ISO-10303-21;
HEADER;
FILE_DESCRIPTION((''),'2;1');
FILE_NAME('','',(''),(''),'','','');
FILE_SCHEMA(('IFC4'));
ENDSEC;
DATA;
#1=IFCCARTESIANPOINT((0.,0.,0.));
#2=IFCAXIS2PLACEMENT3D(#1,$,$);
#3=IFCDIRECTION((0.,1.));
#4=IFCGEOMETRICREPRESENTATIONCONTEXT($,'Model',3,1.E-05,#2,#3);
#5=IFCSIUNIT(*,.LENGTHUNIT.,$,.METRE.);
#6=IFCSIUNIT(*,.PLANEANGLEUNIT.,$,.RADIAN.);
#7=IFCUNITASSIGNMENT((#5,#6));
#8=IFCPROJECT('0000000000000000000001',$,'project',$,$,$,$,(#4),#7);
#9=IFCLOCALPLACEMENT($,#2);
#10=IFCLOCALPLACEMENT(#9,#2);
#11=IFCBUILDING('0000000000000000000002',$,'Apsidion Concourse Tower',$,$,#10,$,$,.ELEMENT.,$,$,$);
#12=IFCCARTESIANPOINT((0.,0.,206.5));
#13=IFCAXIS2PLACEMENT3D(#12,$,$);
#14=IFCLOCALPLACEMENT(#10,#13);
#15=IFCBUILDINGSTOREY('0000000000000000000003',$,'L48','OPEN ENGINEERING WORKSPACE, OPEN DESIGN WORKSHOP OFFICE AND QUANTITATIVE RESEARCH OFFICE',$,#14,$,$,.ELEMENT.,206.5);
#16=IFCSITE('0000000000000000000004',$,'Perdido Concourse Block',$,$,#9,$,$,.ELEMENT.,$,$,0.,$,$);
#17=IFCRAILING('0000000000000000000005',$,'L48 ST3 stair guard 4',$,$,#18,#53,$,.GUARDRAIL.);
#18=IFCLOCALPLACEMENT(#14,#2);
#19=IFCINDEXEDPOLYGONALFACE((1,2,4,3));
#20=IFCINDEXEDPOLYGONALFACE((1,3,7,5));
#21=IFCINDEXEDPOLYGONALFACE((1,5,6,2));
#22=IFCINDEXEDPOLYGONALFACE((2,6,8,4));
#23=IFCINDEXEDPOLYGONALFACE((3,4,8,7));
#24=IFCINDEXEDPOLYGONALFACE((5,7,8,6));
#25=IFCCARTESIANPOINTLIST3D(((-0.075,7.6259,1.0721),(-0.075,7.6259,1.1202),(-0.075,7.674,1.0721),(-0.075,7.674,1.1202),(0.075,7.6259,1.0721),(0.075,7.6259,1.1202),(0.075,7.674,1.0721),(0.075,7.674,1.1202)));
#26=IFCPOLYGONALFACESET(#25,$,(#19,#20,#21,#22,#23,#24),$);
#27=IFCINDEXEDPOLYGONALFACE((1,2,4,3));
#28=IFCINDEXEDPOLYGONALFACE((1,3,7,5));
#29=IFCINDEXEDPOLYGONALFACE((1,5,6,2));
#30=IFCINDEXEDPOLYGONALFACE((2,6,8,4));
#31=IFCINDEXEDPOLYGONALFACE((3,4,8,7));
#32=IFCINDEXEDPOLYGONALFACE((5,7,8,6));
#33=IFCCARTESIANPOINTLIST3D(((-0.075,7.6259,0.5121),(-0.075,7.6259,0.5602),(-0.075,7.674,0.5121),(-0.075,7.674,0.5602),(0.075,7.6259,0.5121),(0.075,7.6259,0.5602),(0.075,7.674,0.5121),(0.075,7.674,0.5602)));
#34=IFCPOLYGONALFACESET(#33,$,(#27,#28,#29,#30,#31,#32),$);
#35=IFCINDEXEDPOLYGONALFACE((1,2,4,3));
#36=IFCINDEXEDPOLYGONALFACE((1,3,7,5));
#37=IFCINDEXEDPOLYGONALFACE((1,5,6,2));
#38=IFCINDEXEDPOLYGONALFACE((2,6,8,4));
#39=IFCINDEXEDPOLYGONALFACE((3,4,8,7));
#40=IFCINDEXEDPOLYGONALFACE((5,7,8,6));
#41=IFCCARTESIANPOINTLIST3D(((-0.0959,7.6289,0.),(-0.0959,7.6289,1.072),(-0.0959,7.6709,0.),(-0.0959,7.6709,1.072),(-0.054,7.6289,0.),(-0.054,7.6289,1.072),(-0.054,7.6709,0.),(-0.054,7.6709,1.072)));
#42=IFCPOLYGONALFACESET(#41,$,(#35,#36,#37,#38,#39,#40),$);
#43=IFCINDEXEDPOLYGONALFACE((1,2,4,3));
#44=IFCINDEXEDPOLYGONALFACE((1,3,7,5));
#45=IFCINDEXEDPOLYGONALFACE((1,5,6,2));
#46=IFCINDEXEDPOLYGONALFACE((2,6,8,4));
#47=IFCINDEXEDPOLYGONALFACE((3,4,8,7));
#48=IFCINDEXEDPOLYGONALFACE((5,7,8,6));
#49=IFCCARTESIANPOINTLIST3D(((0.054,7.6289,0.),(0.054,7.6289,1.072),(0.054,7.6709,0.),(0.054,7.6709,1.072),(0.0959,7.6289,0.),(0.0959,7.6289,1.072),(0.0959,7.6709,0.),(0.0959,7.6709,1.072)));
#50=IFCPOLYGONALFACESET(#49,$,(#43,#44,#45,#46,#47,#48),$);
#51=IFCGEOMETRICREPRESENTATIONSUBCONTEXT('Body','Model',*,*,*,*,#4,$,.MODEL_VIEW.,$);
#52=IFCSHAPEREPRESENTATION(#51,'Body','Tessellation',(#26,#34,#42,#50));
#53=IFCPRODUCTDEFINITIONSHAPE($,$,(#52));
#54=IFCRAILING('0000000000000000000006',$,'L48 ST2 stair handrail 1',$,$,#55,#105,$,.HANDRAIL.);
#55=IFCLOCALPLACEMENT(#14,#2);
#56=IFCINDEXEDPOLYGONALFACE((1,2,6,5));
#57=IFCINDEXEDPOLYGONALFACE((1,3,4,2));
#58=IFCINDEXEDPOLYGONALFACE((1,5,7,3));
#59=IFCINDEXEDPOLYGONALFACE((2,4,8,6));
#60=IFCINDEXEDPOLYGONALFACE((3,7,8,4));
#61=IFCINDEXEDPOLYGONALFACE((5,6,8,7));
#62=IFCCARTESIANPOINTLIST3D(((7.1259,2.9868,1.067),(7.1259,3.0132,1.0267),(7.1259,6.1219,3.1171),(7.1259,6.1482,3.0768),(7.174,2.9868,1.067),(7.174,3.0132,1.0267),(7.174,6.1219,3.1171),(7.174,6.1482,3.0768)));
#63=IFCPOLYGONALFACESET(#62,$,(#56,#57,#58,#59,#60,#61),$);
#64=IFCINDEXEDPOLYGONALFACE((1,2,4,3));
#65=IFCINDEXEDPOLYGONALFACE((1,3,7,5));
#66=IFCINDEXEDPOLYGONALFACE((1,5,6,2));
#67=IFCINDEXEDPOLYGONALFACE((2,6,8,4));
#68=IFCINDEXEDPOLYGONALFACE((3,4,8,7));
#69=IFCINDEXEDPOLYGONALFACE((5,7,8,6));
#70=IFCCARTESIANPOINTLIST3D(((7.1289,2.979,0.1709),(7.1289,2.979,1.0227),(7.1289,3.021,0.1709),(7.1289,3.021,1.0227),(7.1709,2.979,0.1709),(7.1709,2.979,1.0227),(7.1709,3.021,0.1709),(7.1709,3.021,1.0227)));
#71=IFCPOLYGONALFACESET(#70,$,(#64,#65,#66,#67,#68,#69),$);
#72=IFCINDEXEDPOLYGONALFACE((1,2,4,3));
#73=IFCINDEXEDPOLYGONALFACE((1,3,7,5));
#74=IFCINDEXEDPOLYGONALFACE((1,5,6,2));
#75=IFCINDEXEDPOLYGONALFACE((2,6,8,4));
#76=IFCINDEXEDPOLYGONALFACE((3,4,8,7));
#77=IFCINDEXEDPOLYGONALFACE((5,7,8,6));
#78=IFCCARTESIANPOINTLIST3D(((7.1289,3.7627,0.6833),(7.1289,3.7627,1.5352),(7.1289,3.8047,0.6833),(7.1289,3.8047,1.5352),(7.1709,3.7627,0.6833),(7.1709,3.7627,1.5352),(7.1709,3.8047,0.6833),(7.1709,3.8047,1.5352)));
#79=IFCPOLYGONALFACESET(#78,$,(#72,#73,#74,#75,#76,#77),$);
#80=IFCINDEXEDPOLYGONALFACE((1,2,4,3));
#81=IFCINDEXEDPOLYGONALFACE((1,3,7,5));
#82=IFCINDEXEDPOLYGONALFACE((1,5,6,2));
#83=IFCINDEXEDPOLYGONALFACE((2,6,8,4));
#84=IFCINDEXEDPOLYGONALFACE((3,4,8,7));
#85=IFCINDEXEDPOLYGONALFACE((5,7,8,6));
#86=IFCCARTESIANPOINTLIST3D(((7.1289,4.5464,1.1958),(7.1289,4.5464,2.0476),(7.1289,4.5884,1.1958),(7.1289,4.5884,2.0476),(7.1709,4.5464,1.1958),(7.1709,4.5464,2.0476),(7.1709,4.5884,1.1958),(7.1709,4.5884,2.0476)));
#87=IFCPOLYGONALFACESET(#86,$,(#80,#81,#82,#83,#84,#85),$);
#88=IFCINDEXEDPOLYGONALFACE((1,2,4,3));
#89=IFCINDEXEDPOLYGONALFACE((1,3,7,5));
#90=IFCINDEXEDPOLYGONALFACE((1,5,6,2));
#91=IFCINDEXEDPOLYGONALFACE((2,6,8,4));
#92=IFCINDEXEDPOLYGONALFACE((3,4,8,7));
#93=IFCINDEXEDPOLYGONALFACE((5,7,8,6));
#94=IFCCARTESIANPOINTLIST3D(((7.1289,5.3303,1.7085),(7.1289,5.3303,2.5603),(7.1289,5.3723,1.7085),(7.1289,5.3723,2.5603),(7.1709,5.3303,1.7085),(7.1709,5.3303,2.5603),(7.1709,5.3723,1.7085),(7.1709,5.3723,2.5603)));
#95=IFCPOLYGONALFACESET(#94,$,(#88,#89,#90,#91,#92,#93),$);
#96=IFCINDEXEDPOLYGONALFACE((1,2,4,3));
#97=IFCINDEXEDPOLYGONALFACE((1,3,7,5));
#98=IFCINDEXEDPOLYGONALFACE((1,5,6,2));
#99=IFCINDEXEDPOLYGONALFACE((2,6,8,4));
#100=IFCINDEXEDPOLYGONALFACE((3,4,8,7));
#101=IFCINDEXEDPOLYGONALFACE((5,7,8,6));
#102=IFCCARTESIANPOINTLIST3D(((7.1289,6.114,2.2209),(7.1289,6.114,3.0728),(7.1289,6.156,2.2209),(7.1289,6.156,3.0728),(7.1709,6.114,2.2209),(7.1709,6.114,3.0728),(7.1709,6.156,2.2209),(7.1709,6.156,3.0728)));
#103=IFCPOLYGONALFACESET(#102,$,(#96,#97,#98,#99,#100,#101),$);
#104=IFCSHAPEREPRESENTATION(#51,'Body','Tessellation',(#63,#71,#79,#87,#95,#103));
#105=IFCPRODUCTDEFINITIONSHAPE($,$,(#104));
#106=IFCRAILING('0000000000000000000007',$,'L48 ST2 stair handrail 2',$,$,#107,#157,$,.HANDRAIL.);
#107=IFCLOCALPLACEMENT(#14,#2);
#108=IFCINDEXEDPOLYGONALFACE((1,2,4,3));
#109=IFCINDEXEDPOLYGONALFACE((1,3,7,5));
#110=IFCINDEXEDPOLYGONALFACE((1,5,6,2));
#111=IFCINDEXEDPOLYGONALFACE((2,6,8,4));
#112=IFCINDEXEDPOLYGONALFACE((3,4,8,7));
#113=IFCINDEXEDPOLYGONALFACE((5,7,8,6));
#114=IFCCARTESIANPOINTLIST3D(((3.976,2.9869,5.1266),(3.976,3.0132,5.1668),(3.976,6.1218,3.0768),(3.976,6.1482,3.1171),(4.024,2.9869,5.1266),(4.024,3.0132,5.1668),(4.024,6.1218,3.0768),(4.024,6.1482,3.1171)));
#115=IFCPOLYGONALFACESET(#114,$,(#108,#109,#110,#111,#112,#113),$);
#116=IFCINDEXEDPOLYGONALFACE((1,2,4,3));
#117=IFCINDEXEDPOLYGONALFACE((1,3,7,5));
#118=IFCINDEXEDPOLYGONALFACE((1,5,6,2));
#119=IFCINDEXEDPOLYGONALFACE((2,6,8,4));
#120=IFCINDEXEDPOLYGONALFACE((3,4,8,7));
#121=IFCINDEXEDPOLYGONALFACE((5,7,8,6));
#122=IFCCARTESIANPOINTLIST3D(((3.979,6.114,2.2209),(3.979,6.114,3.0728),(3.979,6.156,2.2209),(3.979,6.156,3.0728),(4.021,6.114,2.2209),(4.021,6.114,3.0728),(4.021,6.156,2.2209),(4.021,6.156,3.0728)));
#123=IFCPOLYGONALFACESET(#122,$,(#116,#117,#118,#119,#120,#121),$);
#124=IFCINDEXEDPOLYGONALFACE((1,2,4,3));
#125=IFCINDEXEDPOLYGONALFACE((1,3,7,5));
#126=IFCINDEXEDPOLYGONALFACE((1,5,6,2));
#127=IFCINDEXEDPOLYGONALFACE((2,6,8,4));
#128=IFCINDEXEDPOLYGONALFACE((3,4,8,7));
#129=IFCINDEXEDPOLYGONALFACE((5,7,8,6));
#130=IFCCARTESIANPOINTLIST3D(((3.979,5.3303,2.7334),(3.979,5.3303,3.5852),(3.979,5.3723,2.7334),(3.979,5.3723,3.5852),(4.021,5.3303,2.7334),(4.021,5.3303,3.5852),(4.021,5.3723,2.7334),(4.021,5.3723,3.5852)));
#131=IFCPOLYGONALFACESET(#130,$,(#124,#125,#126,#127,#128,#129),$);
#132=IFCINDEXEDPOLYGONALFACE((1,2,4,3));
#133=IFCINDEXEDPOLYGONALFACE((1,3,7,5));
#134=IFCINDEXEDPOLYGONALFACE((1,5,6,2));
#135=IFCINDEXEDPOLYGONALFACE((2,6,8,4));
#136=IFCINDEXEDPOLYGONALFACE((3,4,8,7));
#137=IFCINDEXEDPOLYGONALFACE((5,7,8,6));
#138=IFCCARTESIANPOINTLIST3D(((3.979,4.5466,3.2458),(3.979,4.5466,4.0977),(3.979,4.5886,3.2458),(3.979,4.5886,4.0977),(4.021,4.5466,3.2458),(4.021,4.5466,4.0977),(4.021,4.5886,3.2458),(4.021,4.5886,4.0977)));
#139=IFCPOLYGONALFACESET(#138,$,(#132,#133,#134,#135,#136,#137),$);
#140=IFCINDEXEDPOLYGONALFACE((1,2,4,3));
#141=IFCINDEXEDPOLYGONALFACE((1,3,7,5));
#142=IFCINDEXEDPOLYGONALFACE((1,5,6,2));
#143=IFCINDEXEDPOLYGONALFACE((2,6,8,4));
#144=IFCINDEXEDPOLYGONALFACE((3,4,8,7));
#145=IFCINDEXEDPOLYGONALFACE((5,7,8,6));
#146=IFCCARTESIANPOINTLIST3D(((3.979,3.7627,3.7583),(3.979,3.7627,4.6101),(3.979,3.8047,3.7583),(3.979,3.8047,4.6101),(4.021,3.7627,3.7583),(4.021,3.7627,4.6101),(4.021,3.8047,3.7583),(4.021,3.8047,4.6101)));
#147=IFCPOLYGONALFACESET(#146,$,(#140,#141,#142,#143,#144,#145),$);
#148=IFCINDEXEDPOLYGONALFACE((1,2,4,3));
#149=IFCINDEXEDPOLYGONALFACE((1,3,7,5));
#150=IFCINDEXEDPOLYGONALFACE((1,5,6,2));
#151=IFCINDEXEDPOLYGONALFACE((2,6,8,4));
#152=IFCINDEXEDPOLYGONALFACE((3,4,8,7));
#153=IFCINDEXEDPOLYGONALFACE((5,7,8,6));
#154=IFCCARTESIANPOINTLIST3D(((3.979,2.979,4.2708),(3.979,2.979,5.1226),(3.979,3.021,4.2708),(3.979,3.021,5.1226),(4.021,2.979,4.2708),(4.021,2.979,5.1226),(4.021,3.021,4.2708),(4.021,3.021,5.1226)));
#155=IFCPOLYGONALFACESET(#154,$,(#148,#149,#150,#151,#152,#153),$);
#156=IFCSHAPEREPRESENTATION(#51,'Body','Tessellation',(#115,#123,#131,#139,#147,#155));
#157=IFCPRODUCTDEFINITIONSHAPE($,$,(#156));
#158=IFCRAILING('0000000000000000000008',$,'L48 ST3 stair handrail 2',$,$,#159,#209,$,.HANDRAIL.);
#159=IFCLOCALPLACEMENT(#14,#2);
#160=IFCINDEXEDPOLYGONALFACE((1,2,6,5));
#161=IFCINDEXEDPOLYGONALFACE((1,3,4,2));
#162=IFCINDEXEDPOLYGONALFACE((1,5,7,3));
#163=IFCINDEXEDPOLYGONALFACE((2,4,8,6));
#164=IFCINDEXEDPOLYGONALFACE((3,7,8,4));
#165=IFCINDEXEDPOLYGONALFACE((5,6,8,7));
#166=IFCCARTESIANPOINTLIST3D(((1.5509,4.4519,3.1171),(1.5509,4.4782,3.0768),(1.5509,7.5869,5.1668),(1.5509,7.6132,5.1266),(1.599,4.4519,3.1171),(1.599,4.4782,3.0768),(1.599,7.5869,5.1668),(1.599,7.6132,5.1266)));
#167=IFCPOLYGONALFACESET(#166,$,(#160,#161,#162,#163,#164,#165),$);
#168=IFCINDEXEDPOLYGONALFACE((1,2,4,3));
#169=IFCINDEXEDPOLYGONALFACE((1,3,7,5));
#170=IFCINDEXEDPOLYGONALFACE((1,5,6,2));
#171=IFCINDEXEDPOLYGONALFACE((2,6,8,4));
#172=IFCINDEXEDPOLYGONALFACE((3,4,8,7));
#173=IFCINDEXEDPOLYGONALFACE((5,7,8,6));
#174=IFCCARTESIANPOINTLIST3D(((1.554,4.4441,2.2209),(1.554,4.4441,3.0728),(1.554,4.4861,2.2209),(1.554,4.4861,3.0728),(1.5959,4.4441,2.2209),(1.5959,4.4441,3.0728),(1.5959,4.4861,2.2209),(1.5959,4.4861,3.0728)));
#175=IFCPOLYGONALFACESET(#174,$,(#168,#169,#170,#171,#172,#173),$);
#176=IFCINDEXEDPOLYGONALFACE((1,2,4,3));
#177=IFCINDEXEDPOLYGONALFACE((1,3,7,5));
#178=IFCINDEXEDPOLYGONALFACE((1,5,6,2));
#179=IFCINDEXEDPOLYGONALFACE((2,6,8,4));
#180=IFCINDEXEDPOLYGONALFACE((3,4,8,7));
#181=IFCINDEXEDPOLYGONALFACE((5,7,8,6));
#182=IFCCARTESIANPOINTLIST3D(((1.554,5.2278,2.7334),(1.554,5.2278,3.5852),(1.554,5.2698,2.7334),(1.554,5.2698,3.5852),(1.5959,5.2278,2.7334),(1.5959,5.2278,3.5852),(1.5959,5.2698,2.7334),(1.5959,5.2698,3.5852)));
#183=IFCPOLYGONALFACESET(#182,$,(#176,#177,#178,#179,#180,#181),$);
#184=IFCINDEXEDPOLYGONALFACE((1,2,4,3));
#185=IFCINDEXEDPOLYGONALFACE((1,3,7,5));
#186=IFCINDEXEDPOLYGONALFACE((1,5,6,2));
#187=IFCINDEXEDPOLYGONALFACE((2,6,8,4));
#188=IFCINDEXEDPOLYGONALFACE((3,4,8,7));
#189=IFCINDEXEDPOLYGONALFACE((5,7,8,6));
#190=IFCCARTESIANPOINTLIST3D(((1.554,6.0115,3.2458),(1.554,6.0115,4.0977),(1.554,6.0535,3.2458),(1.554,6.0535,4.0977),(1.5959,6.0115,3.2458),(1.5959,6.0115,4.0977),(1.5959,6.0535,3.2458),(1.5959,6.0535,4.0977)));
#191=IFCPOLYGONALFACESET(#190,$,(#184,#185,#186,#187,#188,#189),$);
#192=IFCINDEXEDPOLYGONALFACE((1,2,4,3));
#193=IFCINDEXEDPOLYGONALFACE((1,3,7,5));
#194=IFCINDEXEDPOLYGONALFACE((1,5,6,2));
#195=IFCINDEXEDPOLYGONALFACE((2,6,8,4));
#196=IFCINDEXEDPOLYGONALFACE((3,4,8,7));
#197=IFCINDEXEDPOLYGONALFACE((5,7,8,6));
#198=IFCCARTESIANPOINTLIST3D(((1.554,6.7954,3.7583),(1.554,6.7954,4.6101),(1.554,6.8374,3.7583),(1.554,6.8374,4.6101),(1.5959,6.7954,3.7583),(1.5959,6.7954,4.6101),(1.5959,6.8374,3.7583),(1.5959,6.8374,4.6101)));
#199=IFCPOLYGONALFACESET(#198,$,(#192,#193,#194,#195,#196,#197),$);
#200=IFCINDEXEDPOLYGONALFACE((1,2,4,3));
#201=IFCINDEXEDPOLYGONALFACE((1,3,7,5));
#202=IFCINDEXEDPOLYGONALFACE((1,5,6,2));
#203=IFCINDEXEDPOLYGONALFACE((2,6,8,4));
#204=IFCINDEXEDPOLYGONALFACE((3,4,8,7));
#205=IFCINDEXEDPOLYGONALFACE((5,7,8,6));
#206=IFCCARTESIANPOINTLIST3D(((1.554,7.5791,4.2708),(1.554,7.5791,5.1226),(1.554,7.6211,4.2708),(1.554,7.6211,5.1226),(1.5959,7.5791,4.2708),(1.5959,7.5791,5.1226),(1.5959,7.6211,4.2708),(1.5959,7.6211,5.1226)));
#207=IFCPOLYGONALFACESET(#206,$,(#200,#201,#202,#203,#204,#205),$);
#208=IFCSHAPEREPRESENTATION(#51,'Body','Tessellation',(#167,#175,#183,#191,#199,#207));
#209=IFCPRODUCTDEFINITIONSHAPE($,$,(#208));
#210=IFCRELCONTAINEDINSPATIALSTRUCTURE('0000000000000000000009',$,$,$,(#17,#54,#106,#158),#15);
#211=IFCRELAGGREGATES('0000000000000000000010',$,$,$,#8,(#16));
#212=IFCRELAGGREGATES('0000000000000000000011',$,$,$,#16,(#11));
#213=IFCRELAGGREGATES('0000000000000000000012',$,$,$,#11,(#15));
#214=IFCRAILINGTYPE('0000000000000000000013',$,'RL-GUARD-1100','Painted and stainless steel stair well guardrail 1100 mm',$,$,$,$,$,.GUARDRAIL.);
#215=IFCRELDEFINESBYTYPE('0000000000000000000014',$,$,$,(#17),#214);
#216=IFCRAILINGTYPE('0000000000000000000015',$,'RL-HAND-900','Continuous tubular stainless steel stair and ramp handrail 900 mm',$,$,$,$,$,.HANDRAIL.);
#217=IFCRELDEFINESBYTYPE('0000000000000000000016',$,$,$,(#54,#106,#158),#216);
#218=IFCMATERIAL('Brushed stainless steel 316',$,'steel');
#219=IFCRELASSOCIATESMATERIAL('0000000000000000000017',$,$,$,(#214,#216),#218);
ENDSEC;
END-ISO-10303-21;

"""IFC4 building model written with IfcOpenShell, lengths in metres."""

from ifc_helpers import new_model, si_unit, direction, frame, origin, origin_2d, place, context, subcontext, project, spatial, rectangle, extrude, material, type_object, element, save


model = new_model("IFC4")

# Units and contexts
model_context = context("Model", 3, precision=1e-05, world=origin(), true_north=direction((0.0, 1.0)))
body_context = subcontext(model_context, "Body", "Model", "MODEL_VIEW")
ifc_project = project(units=[si_unit("LENGTHUNIT", "METRE"), si_unit("PLANEANGLEUNIT", "RADIAN")], contexts=[model_context])

# Site, building, storey
site_placement = place(None, origin())
site = spatial("IfcSite", under=ifc_project, at=site_placement, Name="Perdido Concourse Block", CompositionType="ELEMENT", RefElevation=0.0)
building_placement = place(site_placement, origin())
building = spatial("IfcBuilding", under=site, at=building_placement, Name="Apsidion Concourse Tower", CompositionType="ELEMENT")
storey_placement = place(building_placement, frame((0.0, 0.0, 206.5)))
storey = spatial("IfcBuildingStorey", under=building, at=storey_placement, Name="L48", Description="OPEN ENGINEERING WORKSPACE, OPEN DESIGN WORKSHOP OFFICE AND QUANTITATIVE RESEARCH OFFICE", CompositionType="ELEMENT", Elevation=206.5)

# Railings
ifc_material_1 = material(Name="Brushed stainless steel 316", Category="steel")
railing_type_1 = type_object("IfcRailingType", Name="RL-GUARD-1100", Description="Painted and stainless steel stair well guardrail 1100 mm", PredefinedType="GUARDRAIL", material=ifc_material_1)
railing_1_placement = place(storey_placement, frame((-0.075, 7.6499, 0.0)))
element("IfcRailing", 1, at=railing_1_placement, inside=storey, type_object=railing_type_1, Name="L48 ST3 stair guard 4", PredefinedType="GUARDRAIL", context=body_context, shape_type="SweptSolid", body=[
    extrude(rectangle(XDim=0.0481, YDim=0.0481, at=origin_2d()), frame((0.0, 0.0, 1.0962), z_axis=(1.0, 0.0, 0.0), x_axis=(0.0, 1.0, 0.0)), (0.0, 0.0, 1.0), 0.1499),
    extrude(rectangle(XDim=0.0481, YDim=0.0481, at=origin_2d()), frame((0.0, 0.0, 0.5361), z_axis=(1.0, 0.0, 0.0), x_axis=(0.0, 1.0, 0.0)), (0.0, 0.0, 1.0), 0.1499),
    extrude(rectangle(XDim=0.042, YDim=0.042, at=origin_2d()), origin(), (0.0, 0.0, 1.0), 1.072),
    extrude(rectangle(XDim=0.042, YDim=0.042, at=origin_2d()), frame((0.1499, 0.0, 0.0)), (0.0, 0.0, 1.0), 1.072),
])
railing_type_2 = type_object("IfcRailingType", Name="RL-HAND-900", Description="Continuous tubular stainless steel stair and ramp handrail 900 mm", PredefinedType="HANDRAIL", material=ifc_material_1)
railing_2_placement = place(storey_placement, frame((7.1499, 3.0, 0.1709)))
element("IfcRailing", 2, at=railing_2_placement, inside=storey, type_object=railing_type_2, Name="L48 ST2 stair handrail 1", PredefinedType="HANDRAIL", context=body_context, shape_type="SweptSolid", body=[
    extrude(rectangle(XDim=0.0481, YDim=0.0481, at=origin_2d()), frame((0.0, 0.0, 0.876), z_axis=(0.0, 0.836941, 0.547293), x_axis=(-1.0, 0.0, 0.0)), (0.0, 0.0, 1.0), 3.7458),
    extrude(rectangle(XDim=0.042, YDim=0.042, at=origin_2d()), origin(), (0.0, 0.0, 1.0), 0.8518),
    extrude(rectangle(XDim=0.042, YDim=0.042, at=origin_2d()), frame((0.0, 0.7837, 0.5125)), (0.0, 0.0, 1.0), 0.8518),
    extrude(rectangle(XDim=0.042, YDim=0.042, at=origin_2d()), frame((0.0, 1.5674, 1.0249)), (0.0, 0.0, 1.0), 0.8518),
    extrude(rectangle(XDim=0.042, YDim=0.042, at=origin_2d()), frame((0.0, 2.3513, 1.5376)), (0.0, 0.0, 1.0), 0.8518),
    extrude(rectangle(XDim=0.042, YDim=0.042, at=origin_2d()), frame((0.0, 3.135, 2.05)), (0.0, 0.0, 1.0), 0.8518),
])
railing_3_placement = place(storey_placement, frame((4.0, 6.135, 2.2209)))
element("IfcRailing", 3, at=railing_3_placement, inside=storey, type_object=railing_type_2, Name="L48 ST2 stair handrail 2", PredefinedType="HANDRAIL", context=body_context, shape_type="SweptSolid", body=[
    extrude(rectangle(XDim=0.0481, YDim=0.0481, at=origin_2d()), frame((0.0, 0.0, 0.876), z_axis=(0.0, -0.836971, 0.547248), x_axis=(1.0, 0.0, 0.0)), (0.0, 0.0, 1.0), 3.7456),
    extrude(rectangle(XDim=0.042, YDim=0.042, at=origin_2d()), origin(), (0.0, 0.0, 1.0), 0.8518),
    extrude(rectangle(XDim=0.042, YDim=0.042, at=origin_2d()), frame((0.0, -0.7837, 0.5125)), (0.0, 0.0, 1.0), 0.8518),
    extrude(rectangle(XDim=0.042, YDim=0.042, at=origin_2d()), frame((0.0, -1.5674, 1.0249)), (0.0, 0.0, 1.0), 0.8518),
    extrude(rectangle(XDim=0.042, YDim=0.042, at=origin_2d()), frame((0.0, -2.3513, 1.5374)), (0.0, 0.0, 1.0), 0.8518),
    extrude(rectangle(XDim=0.042, YDim=0.042, at=origin_2d()), frame((0.0, -3.135, 2.0498)), (0.0, 0.0, 1.0), 0.8518),
])
railing_4_placement = place(storey_placement, frame((1.575, 4.4651, 2.2209)))
element("IfcRailing", 4, at=railing_4_placement, inside=storey, type_object=railing_type_2, Name="L48 ST3 stair handrail 2", PredefinedType="HANDRAIL", context=body_context, shape_type="SweptSolid", body=[
    extrude(rectangle(XDim=0.0481, YDim=0.0481, at=origin_2d()), frame((0.0, 0.0, 0.876), z_axis=(0.0, 0.836971, 0.547248), x_axis=(-1.0, 0.0, 0.0)), (0.0, 0.0, 1.0), 3.7456),
    extrude(rectangle(XDim=0.042, YDim=0.042, at=origin_2d()), origin(), (0.0, 0.0, 1.0), 0.8518),
    extrude(rectangle(XDim=0.042, YDim=0.042, at=origin_2d()), frame((0.0, 0.7837, 0.5125)), (0.0, 0.0, 1.0), 0.8518),
    extrude(rectangle(XDim=0.042, YDim=0.042, at=origin_2d()), frame((0.0, 1.5674, 1.0249)), (0.0, 0.0, 1.0), 0.8518),
    extrude(rectangle(XDim=0.042, YDim=0.042, at=origin_2d()), frame((0.0, 2.3513, 1.5374)), (0.0, 0.0, 1.0), 0.8518),
    extrude(rectangle(XDim=0.042, YDim=0.042, at=origin_2d()), frame((0.0, 3.135, 2.0498)), (0.0, 0.0, 1.0), 0.8518),
])

save(model, "model.ifc")
